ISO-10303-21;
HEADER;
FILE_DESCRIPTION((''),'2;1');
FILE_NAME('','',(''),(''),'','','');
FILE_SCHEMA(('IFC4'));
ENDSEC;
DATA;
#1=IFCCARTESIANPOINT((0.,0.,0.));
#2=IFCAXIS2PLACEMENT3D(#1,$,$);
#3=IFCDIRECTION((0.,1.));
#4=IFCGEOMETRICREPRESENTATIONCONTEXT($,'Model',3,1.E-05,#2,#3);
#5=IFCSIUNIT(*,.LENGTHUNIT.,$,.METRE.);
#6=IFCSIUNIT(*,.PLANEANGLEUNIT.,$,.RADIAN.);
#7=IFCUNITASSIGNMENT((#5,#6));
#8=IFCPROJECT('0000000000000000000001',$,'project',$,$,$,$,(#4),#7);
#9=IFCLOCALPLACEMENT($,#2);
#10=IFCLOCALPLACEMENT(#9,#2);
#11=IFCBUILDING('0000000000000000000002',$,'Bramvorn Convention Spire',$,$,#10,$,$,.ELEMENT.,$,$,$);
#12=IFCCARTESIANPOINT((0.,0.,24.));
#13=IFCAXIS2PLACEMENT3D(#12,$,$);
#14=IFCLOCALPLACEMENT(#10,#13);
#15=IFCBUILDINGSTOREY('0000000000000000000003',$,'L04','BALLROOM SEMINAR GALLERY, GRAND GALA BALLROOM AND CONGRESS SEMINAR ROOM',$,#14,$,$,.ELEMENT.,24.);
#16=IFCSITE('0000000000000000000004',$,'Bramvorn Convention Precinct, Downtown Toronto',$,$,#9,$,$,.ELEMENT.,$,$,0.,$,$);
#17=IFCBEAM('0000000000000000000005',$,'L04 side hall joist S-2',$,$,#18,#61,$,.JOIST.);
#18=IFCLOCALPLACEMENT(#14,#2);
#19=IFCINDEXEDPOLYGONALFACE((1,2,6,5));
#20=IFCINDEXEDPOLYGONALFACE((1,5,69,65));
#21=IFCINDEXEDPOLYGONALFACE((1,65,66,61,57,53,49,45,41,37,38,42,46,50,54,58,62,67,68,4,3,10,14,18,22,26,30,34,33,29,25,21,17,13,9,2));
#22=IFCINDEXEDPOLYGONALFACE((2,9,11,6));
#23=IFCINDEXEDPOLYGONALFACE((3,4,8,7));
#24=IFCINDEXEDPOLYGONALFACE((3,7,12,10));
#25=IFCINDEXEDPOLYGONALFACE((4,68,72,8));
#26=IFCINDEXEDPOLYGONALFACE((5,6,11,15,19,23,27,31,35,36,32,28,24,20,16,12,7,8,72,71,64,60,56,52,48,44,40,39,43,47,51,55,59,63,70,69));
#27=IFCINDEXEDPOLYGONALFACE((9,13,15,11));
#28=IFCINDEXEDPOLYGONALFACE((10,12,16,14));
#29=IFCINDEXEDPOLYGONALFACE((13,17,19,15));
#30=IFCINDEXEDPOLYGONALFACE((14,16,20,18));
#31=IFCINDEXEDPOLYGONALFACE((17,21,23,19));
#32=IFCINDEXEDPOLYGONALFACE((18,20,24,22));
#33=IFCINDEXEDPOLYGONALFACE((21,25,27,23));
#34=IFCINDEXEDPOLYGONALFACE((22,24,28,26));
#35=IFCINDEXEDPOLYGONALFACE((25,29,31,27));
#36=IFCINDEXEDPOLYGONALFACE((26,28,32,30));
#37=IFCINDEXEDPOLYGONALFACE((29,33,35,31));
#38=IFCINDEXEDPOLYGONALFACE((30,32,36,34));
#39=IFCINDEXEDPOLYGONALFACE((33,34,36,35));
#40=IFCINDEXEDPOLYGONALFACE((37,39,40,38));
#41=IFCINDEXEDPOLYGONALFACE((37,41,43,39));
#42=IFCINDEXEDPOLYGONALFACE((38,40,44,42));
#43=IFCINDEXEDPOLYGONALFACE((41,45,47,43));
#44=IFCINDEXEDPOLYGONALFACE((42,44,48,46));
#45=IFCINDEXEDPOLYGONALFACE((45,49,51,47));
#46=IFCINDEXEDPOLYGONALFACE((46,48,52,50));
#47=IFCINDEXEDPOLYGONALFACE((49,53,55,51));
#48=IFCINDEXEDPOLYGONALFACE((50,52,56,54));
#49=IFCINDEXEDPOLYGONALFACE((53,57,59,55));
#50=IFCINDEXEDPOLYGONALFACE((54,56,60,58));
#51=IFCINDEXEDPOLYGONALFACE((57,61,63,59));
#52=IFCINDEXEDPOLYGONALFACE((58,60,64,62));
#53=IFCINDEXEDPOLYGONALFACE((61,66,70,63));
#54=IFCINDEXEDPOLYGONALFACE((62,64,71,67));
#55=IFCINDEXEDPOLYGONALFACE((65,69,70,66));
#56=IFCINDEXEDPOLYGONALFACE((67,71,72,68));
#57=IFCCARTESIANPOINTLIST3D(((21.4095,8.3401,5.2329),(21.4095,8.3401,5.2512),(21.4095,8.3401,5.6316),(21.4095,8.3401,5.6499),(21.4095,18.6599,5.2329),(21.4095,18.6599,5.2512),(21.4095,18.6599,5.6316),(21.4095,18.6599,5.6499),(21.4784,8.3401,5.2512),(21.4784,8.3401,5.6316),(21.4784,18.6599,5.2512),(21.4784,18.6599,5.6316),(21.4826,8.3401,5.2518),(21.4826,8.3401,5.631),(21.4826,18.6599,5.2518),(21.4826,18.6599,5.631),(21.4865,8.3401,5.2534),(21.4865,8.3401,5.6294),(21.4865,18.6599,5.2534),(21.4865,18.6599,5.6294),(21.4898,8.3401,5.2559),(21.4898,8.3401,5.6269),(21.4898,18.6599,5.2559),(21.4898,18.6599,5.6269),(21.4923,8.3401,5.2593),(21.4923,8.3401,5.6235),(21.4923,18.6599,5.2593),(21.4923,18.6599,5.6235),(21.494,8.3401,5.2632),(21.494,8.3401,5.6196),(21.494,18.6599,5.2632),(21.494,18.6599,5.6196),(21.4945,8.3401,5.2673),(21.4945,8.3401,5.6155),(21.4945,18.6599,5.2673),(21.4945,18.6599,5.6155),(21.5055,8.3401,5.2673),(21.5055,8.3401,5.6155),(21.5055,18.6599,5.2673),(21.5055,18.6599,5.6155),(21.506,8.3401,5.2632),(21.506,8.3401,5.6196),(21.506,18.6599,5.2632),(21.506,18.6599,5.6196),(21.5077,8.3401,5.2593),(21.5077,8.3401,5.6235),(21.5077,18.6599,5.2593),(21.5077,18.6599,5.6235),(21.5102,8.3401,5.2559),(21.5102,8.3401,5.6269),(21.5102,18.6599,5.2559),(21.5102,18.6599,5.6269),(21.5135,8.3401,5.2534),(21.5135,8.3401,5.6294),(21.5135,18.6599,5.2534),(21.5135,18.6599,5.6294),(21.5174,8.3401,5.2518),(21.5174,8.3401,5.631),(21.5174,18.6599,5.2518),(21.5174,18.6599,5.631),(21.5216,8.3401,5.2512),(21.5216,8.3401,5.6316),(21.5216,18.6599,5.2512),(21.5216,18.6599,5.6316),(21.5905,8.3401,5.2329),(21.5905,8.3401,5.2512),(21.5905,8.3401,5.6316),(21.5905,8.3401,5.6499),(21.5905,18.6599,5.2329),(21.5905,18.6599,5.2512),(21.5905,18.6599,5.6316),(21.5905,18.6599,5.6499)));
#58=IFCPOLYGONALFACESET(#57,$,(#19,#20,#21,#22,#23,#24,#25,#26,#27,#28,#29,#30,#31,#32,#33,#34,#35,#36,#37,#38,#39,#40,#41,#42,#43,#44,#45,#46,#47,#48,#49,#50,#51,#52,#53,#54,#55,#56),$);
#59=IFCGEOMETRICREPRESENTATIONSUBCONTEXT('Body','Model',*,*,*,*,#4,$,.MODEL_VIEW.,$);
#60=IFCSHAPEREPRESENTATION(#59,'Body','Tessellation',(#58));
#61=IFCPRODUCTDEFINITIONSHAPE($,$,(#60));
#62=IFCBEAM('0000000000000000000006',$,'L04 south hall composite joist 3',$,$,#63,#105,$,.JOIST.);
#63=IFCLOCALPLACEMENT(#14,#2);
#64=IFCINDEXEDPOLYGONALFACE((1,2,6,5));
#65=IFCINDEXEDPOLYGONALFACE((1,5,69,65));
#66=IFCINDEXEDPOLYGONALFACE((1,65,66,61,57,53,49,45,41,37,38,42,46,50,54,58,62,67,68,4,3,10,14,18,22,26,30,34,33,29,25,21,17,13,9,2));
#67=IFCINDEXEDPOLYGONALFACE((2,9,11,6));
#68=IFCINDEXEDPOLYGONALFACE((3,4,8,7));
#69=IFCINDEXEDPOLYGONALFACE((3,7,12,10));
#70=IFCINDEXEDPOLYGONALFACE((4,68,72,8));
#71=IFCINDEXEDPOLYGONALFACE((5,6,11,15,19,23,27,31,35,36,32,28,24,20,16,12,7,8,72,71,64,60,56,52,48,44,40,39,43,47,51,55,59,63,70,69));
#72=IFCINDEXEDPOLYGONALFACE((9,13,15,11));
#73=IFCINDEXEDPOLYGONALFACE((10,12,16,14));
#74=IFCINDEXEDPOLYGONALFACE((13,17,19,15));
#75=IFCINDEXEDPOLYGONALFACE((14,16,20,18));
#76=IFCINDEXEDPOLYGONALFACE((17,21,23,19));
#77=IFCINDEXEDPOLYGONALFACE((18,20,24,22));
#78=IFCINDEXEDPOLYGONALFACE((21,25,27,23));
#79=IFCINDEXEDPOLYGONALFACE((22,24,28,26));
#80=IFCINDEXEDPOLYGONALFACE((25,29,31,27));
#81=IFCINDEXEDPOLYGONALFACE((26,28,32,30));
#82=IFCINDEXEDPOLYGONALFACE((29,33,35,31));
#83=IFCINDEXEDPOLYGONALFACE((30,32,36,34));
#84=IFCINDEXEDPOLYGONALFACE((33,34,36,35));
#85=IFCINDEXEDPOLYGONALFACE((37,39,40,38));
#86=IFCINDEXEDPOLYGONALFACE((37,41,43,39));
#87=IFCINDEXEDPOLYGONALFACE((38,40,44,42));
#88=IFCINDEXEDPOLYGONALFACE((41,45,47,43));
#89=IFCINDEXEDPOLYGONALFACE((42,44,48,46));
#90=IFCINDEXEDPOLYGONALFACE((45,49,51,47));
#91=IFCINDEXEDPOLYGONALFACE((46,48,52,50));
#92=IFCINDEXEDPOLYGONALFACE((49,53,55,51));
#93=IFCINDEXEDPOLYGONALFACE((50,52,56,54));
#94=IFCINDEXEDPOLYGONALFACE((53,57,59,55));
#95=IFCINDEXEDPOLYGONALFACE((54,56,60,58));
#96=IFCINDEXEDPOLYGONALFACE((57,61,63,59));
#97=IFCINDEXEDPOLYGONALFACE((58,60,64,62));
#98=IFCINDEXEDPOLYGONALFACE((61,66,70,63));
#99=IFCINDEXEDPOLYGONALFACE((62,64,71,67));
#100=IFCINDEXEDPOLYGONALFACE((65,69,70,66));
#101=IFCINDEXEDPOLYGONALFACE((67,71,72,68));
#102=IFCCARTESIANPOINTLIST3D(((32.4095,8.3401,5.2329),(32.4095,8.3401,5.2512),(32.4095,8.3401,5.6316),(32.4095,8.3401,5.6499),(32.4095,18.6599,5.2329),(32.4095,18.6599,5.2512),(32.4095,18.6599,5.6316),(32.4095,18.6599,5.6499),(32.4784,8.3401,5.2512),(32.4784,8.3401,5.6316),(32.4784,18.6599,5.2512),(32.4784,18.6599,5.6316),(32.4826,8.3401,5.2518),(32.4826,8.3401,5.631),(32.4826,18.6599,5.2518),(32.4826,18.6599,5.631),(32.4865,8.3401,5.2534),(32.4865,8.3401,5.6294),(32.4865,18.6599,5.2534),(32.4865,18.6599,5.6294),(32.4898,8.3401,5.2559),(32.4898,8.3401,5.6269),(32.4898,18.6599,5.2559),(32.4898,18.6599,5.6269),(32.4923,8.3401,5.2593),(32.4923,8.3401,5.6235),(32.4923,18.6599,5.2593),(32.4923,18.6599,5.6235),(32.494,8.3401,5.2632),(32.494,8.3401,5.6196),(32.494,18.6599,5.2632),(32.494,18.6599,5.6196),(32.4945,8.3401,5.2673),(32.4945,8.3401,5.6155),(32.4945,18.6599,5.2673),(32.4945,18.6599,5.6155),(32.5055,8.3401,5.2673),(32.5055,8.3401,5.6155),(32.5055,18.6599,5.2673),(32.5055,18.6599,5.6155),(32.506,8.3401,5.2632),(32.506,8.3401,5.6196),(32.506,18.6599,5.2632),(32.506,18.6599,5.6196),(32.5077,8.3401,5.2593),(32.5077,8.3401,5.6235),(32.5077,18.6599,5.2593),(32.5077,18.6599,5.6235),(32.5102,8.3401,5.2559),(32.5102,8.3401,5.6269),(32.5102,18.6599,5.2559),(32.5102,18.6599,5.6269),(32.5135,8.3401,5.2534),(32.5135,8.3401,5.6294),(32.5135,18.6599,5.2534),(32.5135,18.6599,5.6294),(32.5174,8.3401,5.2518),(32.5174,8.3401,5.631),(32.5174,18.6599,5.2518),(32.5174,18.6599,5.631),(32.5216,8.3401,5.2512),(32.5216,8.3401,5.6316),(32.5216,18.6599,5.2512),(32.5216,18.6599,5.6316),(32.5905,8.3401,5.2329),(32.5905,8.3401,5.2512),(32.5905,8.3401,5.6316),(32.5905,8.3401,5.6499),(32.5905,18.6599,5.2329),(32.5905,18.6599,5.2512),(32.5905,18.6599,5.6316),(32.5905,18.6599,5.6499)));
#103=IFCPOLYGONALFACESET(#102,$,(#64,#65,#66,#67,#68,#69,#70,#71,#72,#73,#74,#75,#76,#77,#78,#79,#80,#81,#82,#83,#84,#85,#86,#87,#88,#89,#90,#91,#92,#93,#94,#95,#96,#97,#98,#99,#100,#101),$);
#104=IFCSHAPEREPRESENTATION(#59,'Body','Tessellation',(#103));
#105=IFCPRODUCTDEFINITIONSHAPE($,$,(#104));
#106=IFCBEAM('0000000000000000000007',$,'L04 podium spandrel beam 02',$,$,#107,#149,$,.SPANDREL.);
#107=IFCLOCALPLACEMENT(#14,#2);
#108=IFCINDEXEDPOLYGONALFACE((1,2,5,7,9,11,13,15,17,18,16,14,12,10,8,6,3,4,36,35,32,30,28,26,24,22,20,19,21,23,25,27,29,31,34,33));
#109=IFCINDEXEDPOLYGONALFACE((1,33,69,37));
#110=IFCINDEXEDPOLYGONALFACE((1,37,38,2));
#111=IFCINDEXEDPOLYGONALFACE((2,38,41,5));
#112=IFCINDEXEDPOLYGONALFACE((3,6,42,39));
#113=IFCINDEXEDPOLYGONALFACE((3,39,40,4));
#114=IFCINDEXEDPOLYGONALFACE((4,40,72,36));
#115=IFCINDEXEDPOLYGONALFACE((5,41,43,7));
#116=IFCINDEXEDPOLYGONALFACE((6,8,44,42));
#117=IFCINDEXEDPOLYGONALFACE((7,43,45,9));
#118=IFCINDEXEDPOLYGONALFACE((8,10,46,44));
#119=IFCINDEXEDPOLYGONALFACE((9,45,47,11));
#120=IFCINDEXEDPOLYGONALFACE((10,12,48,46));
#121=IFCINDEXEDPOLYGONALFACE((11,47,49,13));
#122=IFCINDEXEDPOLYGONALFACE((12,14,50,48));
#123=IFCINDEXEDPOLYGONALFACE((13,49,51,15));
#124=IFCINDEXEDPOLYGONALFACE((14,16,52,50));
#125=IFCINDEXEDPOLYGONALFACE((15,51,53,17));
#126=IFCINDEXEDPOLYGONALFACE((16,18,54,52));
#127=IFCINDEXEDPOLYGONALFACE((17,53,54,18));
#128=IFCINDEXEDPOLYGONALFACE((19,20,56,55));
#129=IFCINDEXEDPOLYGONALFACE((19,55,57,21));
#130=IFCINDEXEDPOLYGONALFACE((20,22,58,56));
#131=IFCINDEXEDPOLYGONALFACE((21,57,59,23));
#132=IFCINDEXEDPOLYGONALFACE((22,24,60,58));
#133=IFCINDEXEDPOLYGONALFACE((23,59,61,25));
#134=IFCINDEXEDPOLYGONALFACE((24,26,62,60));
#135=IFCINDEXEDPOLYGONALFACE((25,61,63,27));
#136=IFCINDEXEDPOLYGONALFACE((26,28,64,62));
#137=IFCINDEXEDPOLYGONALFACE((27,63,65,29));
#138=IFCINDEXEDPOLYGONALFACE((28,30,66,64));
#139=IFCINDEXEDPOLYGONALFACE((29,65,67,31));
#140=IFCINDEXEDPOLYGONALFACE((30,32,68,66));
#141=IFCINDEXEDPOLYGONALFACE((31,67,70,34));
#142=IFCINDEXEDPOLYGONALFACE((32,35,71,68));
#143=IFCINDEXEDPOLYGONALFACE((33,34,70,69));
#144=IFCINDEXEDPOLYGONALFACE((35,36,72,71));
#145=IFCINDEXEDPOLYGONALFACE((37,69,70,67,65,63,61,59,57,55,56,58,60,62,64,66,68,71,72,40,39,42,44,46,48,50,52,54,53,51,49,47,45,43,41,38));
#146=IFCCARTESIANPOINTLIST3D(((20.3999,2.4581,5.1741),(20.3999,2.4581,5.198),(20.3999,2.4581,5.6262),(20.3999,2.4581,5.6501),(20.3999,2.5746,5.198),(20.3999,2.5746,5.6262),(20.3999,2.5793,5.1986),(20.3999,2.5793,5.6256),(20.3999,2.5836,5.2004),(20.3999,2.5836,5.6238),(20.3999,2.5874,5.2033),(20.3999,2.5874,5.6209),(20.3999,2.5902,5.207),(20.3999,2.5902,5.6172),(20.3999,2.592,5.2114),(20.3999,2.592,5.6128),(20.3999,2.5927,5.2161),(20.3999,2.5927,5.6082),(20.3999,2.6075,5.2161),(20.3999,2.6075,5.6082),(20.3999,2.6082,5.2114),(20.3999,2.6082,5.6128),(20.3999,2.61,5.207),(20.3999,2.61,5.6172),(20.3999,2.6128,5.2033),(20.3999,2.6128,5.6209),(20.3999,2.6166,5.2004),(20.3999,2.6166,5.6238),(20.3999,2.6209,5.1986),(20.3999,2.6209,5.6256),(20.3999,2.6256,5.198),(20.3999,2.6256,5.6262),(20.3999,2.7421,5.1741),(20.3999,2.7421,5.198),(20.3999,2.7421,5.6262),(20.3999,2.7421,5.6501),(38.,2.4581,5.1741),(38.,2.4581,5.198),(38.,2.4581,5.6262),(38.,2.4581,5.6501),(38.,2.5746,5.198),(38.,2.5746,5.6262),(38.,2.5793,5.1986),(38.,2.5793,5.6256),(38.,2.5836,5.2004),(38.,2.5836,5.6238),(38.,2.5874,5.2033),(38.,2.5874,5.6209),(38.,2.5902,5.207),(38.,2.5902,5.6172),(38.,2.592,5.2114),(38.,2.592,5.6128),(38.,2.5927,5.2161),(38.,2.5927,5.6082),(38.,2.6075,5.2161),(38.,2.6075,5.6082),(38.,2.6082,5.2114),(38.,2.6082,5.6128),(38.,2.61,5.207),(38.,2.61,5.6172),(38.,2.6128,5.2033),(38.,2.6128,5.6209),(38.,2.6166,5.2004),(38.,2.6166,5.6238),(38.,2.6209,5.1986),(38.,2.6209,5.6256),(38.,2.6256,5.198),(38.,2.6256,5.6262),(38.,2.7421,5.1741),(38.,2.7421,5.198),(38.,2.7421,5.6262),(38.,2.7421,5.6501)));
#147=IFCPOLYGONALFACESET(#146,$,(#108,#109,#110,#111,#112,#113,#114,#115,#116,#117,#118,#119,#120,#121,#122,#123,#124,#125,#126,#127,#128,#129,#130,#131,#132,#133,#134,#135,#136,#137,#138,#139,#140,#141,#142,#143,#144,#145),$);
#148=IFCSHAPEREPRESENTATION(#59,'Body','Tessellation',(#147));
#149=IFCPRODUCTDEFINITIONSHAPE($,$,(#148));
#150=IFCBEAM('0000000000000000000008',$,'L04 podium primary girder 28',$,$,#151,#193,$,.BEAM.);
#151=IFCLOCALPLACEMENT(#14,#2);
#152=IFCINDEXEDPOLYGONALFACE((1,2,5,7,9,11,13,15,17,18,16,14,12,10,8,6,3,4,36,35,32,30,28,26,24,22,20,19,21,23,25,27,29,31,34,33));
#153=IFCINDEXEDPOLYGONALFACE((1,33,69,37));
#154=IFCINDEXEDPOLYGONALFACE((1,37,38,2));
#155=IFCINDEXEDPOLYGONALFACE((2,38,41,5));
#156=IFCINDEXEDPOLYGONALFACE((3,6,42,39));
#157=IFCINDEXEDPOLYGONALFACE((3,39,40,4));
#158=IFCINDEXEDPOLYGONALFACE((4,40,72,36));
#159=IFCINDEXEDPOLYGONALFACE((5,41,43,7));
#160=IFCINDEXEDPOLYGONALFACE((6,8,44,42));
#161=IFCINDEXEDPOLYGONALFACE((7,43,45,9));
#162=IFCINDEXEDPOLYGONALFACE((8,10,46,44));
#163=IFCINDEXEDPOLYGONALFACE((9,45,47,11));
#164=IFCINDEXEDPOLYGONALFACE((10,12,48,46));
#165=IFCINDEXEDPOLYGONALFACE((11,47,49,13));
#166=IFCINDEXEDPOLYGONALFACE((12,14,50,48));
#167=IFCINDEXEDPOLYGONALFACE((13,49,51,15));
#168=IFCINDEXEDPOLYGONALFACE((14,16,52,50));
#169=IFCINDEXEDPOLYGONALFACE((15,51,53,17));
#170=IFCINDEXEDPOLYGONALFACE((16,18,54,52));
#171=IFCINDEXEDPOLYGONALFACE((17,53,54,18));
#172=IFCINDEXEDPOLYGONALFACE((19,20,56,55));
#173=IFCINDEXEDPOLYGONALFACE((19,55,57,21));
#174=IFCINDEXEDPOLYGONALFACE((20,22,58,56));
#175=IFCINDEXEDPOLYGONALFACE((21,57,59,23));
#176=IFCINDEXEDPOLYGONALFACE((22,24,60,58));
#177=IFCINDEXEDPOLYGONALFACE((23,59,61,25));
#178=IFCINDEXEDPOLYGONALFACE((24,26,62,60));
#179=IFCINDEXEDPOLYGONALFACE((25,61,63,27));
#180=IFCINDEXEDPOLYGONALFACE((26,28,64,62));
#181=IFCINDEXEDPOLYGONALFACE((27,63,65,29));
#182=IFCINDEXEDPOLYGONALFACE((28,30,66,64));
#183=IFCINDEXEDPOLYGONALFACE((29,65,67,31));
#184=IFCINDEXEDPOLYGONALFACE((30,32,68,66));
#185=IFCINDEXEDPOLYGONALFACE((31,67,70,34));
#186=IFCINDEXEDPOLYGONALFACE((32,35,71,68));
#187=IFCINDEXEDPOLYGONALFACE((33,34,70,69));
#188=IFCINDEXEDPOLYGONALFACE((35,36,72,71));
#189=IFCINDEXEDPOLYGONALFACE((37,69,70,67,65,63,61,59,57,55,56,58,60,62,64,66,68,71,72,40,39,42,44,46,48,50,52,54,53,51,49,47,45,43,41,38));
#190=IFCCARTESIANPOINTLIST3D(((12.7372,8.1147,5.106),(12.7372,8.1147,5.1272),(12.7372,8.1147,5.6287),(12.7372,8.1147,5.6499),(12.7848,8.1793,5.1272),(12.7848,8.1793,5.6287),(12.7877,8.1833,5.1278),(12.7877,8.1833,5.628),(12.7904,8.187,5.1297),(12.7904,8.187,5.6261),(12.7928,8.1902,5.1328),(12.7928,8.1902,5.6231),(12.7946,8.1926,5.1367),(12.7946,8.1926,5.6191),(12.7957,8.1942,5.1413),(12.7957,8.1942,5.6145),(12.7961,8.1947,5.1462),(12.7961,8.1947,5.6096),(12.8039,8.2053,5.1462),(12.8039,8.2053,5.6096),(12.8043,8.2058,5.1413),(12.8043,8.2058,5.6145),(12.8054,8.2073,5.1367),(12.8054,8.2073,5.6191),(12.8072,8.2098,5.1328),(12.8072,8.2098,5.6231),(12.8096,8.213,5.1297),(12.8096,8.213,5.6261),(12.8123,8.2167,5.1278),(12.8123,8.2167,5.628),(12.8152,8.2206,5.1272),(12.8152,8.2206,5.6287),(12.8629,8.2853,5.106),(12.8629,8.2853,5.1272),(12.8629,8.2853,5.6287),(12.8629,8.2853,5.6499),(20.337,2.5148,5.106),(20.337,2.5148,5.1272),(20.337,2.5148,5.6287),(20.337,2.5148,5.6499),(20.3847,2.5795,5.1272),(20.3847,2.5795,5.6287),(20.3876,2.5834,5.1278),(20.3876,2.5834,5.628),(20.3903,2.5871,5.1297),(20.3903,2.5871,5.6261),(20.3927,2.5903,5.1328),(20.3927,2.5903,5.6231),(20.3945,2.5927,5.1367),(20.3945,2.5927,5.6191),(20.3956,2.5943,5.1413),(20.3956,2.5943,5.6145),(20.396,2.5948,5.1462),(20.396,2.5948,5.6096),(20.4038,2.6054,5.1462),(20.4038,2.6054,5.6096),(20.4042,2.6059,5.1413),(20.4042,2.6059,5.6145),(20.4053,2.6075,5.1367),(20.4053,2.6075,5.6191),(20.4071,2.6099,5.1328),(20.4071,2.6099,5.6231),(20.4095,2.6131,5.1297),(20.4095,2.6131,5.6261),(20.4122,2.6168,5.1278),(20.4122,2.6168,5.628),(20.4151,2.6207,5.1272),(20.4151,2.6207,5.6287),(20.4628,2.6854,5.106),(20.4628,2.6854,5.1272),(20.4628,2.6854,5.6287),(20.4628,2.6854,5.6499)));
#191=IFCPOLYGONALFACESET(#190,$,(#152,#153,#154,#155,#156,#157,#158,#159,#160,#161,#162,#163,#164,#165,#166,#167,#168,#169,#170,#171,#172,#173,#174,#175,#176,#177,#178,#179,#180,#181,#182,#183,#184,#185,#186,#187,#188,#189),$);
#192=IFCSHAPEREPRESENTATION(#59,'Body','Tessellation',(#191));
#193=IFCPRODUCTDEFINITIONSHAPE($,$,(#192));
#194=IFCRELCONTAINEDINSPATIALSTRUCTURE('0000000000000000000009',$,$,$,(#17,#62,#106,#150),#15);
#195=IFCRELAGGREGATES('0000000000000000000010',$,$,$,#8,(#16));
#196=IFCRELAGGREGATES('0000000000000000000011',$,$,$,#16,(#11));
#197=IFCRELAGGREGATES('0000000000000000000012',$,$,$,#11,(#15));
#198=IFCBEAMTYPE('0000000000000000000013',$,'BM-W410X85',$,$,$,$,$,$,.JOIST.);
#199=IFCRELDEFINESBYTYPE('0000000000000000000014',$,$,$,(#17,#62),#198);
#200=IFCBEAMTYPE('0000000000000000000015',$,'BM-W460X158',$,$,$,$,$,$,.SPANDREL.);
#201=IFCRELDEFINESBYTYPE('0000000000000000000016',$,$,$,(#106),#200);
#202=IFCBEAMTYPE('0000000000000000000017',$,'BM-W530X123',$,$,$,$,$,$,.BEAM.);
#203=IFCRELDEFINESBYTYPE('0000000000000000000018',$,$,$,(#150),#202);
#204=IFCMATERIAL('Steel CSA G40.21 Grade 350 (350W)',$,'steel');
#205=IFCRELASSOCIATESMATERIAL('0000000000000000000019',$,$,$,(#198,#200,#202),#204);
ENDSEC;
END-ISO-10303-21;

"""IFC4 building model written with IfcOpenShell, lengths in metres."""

from ifc_helpers import new_model, si_unit, direction, frame, origin, origin_2d, place, context, subcontext, project, spatial, i_section, extrude, material, material_profile, profile_set, type_object, element, save


model = new_model("IFC4")

# Units and contexts
model_context = context("Model", 3, precision=1e-05, world=origin(), true_north=direction((0.0, 1.0)))
body_context = subcontext(model_context, "Body", "Model", "MODEL_VIEW")
ifc_project = project(units=[si_unit("LENGTHUNIT", "METRE"), si_unit("PLANEANGLEUNIT", "RADIAN")], contexts=[model_context])

# Site, building, storey
site_placement = place(None, origin())
site = spatial("IfcSite", under=ifc_project, at=site_placement, Name="Bramvorn Convention Precinct, Downtown Toronto", CompositionType="ELEMENT", RefElevation=0.0)
building_placement = place(site_placement, origin())
building = spatial("IfcBuilding", under=site, at=building_placement, Name="Bramvorn Convention Spire", CompositionType="ELEMENT")
storey_placement = place(building_placement, frame((0.0, 0.0, 24.0)))
storey = spatial("IfcBuildingStorey", under=building, at=storey_placement, Name="L04", Description="BALLROOM SEMINAR GALLERY, GRAND GALA BALLROOM AND CONGRESS SEMINAR ROOM", CompositionType="ELEMENT", Elevation=24.0)

# Shared definitions
ifc_material_1 = material(Name="Steel CSA G40.21 Grade 350 (350W)", Category="steel")

# Beams
ifc_material_profile_1 = material_profile(ifc_material_1, i_section(OverallWidth=0.1809, OverallDepth=0.417, WebThickness=0.011, FlangeThickness=0.0183, FilletRadius=0.0161, at=origin_2d()))
ifc_profile_set_1 = profile_set([ifc_material_profile_1], Name="Steel CSA G40.21 Grade 350 (350W) - W410X85")
beam_type_1 = type_object("IfcBeamType", Name="BM-W410X85", PredefinedType="JOIST", material=ifc_profile_set_1)
for number, where, z_axis, x_axis, name in (
    (1, (21.5, 8.3401, 5.4414), (0.0, 1.0, 0.0), (-1.0, 0.0, 0.0), "L04 side hall joist S-2"),
    (2, (32.5, 8.3401, 5.4414), (0.0, 1.0, 0.0), (-1.0, 0.0, 0.0), "L04 south hall composite joist 3"),
):
    element("IfcBeam", number, at=place(storey_placement, frame(where, z_axis=z_axis, x_axis=x_axis)), inside=storey, type_object=beam_type_1, Name=name, PredefinedType="JOIST", context=body_context, shape_type="SweptSolid", body=[
        extrude(i_section(OverallWidth=0.1809, OverallDepth=0.417, WebThickness=0.011, FlangeThickness=0.0183, FilletRadius=0.0161, at=origin_2d()), origin(), (0.0, 0.0, 1.0), 10.3198),
    ])
ifc_material_profile_2 = material_profile(ifc_material_1, i_section(OverallWidth=0.2839, OverallDepth=0.4761, WebThickness=0.0149, FlangeThickness=0.0239, FilletRadius=0.0181, at=origin_2d()))
ifc_profile_set_2 = profile_set([ifc_material_profile_2], Name="Steel CSA G40.21 Grade 350 (350W) - W460X158")
beam_type_2 = type_object("IfcBeamType", Name="BM-W460X158", PredefinedType="SPANDREL", material=ifc_profile_set_2)
beam_1_placement = place(storey_placement, frame((20.3999, 2.6001, 5.4121), z_axis=(1.0, 0.0, 0.0), x_axis=(0.0, 1.0, 0.0)))
element("IfcBeam", 3, at=beam_1_placement, inside=storey, type_object=beam_type_2, Name="L04 podium spandrel beam 02", PredefinedType="SPANDREL", context=body_context, shape_type="SweptSolid", body=[
    extrude(i_section(OverallWidth=0.2839, OverallDepth=0.4761, WebThickness=0.0149, FlangeThickness=0.0239, FilletRadius=0.0181, at=origin_2d()), origin(), (0.0, 0.0, 1.0), 17.6001),
])
ifc_material_profile_3 = material_profile(ifc_material_1, i_section(OverallWidth=0.2119, OverallDepth=0.5439, WebThickness=0.0132, FlangeThickness=0.0212, FilletRadius=0.019, at=origin_2d()))
ifc_profile_set_3 = profile_set([ifc_material_profile_3], Name="Steel CSA G40.21 Grade 350 (350W) - W530X123")
beam_type_3 = type_object("IfcBeamType", Name="BM-W530X123", PredefinedType="BEAM", material=ifc_profile_set_3)
beam_2_placement = place(storey_placement, frame((20.3999, 2.6001, 5.3779), z_axis=(-0.805058, 0.593196, 0.0), x_axis=(-0.593196, -0.805058, 0.0)))
element("IfcBeam", 4, at=beam_2_placement, inside=storey, type_object=beam_type_3, Name="L04 podium primary girder 28", PredefinedType="BEAM", context=body_context, shape_type="SweptSolid", body=[
    extrude(i_section(OverallWidth=0.2119, OverallDepth=0.5439, WebThickness=0.0132, FlangeThickness=0.0212, FilletRadius=0.019, at=origin_2d()), origin(), (0.0, 0.0, 1.0), 9.4402),
])

save(model, "model.ifc")
